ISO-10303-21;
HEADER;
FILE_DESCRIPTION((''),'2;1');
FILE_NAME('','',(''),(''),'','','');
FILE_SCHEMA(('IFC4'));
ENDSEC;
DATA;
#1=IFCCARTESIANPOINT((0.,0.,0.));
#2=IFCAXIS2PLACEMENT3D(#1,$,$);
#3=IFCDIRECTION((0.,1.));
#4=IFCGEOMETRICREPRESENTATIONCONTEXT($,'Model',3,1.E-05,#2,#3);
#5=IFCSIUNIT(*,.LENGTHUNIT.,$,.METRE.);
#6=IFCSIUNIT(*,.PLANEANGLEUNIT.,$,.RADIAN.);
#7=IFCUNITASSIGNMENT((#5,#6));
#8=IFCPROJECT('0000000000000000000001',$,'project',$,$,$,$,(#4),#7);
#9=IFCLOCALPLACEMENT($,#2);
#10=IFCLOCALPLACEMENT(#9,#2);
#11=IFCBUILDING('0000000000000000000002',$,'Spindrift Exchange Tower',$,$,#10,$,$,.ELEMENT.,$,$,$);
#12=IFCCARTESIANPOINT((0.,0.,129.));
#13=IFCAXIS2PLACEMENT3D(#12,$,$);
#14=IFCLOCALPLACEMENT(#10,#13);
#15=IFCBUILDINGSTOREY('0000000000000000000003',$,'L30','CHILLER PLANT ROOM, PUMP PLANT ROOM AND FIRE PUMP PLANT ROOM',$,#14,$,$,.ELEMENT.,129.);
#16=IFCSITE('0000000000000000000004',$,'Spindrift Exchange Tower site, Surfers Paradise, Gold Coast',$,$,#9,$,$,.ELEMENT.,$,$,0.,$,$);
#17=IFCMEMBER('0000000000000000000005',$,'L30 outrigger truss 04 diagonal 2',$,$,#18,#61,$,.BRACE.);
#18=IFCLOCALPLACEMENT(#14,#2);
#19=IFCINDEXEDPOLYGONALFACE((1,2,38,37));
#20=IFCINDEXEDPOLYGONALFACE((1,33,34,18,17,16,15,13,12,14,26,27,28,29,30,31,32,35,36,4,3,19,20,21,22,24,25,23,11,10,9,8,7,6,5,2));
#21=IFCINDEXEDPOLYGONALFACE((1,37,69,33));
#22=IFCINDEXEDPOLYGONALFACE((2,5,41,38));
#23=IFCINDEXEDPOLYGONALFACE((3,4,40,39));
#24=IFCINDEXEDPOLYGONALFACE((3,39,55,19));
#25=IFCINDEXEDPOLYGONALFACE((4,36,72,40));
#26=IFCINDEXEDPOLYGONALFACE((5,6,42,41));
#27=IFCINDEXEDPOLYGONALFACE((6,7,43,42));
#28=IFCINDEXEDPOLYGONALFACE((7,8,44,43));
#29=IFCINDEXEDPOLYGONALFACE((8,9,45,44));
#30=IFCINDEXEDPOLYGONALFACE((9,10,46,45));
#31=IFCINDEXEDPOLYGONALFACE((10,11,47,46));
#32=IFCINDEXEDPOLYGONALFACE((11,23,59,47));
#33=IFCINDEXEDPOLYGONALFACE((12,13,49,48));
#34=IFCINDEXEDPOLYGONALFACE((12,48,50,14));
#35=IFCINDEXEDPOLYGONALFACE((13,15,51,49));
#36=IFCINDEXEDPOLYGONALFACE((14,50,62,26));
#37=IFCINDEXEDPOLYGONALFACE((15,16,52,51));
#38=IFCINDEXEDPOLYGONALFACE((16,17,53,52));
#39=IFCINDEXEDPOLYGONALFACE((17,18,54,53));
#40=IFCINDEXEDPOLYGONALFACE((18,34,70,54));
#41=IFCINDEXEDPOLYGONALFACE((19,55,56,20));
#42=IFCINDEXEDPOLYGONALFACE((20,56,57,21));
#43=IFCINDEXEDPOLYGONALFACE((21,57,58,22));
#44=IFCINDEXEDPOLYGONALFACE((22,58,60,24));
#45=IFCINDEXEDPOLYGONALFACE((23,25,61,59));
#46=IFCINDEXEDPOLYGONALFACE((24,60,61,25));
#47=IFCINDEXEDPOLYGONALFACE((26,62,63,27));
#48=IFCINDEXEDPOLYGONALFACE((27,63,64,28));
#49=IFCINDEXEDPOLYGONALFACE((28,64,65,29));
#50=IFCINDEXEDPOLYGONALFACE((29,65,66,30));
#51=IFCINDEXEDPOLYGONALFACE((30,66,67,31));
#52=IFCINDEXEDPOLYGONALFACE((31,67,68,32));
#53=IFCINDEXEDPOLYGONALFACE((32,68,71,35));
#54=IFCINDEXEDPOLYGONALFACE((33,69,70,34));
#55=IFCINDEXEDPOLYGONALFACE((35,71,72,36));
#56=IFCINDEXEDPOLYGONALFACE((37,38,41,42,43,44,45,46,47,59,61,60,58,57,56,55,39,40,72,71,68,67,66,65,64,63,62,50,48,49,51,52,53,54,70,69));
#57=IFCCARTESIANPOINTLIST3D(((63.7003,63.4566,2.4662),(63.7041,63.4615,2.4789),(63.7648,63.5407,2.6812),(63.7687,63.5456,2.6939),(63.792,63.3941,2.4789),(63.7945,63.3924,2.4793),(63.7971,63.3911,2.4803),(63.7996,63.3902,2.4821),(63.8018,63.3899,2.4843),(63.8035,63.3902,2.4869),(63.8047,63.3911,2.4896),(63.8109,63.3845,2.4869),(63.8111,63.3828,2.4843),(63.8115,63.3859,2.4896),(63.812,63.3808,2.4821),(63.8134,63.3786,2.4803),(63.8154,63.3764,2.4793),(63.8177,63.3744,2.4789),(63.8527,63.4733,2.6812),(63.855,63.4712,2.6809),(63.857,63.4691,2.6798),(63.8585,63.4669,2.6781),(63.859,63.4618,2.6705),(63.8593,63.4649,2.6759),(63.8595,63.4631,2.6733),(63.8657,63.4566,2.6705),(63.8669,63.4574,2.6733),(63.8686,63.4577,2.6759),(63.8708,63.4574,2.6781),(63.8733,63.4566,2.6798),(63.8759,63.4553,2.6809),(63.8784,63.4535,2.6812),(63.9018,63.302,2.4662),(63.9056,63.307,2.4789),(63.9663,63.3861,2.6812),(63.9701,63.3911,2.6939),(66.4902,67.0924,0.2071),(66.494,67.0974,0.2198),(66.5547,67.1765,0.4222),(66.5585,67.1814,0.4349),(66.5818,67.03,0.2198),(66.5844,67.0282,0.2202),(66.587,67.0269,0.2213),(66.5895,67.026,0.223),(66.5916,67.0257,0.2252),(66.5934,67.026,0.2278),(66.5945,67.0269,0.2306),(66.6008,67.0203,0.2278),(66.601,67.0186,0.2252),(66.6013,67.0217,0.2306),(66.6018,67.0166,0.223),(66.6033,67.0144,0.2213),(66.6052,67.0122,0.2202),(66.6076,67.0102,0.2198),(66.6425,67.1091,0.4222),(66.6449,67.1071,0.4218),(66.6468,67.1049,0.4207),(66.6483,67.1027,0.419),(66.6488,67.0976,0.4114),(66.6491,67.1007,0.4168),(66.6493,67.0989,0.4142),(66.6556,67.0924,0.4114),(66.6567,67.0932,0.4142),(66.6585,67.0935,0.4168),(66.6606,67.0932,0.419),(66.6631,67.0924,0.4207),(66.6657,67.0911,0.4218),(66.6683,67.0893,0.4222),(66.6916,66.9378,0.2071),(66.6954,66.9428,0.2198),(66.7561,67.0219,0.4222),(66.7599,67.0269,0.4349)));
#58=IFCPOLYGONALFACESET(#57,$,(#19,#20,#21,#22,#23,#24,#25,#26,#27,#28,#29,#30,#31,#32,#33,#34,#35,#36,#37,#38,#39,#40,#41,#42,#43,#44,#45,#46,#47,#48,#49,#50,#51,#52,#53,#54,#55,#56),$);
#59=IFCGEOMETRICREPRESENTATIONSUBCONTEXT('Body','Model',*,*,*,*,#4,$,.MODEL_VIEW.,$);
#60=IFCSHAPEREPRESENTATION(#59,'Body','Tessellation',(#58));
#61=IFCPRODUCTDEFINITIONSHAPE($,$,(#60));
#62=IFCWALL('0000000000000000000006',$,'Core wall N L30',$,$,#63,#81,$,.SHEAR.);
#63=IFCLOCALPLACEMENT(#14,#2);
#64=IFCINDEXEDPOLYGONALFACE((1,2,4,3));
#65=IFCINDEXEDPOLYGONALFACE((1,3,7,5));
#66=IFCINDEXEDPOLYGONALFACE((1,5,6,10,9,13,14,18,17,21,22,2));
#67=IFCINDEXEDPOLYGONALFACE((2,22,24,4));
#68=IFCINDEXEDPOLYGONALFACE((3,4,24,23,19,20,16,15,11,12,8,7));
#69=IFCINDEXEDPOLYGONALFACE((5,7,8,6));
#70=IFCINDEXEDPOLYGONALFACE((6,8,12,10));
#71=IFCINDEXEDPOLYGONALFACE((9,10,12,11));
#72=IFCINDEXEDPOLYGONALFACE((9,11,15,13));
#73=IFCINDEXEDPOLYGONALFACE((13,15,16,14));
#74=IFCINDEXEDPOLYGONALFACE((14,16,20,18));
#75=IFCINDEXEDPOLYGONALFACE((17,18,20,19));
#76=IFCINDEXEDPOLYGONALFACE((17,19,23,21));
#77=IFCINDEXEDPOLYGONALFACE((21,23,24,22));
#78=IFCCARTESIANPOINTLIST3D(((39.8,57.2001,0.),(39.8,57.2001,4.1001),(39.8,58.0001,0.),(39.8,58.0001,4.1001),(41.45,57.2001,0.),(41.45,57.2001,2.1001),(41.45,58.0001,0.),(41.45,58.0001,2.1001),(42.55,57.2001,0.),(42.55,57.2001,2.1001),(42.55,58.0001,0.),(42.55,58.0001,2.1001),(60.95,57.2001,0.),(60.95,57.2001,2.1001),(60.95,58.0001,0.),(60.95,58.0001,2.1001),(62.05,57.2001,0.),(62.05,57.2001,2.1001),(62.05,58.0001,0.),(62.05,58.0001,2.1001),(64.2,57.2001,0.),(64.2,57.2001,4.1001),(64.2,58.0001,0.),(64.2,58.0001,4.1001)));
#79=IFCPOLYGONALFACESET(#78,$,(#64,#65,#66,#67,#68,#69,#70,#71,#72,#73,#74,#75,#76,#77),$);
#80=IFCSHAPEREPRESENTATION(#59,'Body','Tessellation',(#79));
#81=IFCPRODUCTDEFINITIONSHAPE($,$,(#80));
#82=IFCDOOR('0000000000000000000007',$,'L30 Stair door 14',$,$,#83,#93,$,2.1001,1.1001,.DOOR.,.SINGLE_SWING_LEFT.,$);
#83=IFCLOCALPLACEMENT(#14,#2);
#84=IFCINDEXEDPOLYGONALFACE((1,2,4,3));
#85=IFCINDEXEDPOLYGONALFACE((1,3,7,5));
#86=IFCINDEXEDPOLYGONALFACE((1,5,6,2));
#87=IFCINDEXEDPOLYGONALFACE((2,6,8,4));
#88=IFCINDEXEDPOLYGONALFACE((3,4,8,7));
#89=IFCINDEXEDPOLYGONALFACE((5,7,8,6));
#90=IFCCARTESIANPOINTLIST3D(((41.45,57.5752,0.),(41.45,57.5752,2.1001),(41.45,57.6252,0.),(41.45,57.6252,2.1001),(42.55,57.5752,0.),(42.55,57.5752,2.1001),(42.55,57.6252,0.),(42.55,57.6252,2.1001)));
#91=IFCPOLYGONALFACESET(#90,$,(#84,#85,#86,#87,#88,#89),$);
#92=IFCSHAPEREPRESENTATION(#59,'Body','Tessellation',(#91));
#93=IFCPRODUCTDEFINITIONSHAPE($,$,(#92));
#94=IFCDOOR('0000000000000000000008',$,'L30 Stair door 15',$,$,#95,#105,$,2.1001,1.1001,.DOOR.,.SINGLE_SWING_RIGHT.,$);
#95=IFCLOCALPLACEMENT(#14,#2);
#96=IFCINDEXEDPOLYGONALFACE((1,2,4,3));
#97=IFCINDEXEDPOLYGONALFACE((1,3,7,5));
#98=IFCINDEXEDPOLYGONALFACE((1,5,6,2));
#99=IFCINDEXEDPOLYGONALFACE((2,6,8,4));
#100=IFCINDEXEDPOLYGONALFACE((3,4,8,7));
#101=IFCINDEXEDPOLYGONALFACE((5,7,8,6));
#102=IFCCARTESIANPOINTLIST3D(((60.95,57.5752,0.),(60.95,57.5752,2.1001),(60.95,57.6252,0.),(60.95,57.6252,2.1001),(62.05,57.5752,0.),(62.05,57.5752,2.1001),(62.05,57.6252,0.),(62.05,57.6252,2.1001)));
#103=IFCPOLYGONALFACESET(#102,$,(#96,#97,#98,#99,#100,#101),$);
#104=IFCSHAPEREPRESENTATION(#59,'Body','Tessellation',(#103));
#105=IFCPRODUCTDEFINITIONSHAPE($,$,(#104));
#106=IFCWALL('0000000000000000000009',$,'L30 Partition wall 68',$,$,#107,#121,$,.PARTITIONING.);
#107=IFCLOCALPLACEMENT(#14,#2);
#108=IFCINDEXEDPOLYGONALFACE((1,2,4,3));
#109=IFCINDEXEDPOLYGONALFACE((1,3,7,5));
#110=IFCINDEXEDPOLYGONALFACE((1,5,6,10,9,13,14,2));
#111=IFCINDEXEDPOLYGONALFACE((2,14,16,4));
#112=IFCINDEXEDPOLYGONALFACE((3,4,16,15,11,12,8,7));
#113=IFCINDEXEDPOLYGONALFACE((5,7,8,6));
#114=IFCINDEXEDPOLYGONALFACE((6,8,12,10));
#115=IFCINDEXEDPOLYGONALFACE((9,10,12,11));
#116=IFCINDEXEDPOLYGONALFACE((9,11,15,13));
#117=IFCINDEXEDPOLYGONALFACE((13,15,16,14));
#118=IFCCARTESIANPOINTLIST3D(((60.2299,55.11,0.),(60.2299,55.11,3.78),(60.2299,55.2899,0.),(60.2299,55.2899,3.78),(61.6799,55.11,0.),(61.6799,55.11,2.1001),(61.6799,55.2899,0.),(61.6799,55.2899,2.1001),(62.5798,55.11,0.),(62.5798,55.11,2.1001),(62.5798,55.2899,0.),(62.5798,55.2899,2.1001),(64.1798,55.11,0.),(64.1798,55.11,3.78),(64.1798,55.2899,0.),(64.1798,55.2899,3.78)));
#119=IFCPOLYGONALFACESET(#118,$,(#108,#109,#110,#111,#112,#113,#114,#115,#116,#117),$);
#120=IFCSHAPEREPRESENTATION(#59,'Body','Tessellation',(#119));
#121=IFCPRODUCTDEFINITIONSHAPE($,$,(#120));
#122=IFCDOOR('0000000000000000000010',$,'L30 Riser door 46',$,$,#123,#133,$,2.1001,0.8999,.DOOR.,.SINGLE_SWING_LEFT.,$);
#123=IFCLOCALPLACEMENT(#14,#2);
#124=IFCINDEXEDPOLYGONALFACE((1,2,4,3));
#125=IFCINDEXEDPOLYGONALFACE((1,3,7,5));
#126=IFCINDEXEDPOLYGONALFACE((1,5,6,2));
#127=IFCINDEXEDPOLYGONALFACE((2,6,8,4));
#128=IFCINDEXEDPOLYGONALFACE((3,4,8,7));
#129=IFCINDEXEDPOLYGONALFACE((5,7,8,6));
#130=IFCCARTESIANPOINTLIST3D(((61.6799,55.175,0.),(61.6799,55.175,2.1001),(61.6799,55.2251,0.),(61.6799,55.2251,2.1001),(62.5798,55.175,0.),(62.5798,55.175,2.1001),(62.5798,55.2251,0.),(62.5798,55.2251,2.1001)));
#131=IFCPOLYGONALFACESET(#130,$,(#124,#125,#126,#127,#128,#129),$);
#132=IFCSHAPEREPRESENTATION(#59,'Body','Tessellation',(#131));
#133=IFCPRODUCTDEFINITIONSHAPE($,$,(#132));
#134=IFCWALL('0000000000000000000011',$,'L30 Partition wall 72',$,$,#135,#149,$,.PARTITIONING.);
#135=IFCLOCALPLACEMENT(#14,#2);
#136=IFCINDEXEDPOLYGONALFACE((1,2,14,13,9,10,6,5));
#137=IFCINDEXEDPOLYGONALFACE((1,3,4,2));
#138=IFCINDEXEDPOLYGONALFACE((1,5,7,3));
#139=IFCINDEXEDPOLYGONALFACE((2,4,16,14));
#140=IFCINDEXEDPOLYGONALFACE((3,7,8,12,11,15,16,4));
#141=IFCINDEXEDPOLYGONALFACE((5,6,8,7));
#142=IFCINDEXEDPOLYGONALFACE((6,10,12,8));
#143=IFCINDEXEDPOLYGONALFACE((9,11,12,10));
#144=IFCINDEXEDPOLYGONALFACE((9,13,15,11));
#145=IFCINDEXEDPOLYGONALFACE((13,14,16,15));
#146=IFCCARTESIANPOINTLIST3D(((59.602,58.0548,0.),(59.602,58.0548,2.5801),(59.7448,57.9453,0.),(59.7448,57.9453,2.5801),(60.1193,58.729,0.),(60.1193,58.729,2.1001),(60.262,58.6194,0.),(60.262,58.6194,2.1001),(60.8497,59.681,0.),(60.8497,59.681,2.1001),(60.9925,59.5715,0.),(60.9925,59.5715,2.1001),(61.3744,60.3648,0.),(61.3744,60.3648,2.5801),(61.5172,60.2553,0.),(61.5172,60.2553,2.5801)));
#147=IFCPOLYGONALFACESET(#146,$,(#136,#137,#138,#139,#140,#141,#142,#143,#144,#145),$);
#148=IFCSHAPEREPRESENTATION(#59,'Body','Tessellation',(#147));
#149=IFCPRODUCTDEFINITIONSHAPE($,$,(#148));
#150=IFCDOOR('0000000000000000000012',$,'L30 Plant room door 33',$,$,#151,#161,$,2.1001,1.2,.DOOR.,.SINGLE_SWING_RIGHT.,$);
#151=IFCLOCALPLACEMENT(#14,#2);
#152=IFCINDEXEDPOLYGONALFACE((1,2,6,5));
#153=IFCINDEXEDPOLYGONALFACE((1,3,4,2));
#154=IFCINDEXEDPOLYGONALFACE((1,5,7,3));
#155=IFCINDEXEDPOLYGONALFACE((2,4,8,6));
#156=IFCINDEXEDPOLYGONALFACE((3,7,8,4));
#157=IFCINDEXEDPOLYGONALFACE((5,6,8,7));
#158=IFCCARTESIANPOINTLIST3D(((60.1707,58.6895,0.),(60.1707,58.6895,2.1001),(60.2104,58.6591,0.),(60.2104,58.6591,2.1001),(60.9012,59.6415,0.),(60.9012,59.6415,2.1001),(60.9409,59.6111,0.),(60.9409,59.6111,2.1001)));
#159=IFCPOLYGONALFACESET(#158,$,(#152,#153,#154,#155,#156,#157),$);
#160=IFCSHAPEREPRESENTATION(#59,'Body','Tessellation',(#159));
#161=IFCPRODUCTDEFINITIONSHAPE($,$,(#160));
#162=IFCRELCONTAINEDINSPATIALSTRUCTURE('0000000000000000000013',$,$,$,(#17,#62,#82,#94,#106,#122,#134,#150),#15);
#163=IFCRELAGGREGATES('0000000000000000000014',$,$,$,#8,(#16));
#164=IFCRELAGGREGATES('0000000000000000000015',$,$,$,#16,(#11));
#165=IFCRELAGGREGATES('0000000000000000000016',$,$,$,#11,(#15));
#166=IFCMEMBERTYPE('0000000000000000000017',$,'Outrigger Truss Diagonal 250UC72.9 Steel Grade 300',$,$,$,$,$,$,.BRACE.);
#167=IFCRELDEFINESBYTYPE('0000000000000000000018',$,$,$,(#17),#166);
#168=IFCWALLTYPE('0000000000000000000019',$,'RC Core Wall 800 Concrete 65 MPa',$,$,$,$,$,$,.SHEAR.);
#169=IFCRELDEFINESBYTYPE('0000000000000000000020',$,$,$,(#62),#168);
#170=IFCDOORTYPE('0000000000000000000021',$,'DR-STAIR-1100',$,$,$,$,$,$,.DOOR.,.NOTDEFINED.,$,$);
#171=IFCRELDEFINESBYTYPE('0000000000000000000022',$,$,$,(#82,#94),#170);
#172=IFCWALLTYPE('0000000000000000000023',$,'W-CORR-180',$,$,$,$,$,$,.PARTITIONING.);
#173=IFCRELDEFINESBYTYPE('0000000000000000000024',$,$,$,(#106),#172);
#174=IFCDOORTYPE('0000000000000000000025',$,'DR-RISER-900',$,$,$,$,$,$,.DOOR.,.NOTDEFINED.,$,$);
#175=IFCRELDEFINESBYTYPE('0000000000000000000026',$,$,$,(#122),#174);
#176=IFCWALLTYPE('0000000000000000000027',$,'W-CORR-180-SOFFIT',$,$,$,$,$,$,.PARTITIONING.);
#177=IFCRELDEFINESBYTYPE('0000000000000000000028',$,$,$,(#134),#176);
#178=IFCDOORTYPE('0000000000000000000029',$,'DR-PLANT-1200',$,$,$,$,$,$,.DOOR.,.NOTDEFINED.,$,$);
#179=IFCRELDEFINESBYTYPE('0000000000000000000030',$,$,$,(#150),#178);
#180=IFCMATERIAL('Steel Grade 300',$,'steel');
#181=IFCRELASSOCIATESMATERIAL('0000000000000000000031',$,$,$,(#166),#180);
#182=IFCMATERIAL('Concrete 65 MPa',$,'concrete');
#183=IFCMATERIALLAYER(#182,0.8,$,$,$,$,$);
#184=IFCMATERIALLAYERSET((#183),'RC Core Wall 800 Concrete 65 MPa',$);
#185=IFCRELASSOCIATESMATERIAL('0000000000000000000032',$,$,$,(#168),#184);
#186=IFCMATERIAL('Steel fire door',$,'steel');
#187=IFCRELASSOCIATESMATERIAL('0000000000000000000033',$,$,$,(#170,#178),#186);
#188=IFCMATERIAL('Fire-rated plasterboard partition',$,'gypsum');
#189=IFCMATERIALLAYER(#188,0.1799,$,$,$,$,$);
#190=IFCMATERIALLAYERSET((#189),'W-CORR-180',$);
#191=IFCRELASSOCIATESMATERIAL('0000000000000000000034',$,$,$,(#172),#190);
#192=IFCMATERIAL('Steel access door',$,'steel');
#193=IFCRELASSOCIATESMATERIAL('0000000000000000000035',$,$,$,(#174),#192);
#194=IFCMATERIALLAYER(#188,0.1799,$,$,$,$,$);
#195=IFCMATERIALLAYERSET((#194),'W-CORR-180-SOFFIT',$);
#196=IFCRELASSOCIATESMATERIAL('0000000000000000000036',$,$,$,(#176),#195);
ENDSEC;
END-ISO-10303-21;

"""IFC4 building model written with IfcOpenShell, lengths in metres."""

from ifc_helpers import new_model, si_unit, direction, frame, frame_2d, origin, origin_2d, place, context, subcontext, project, spatial, rectangle, i_section, extrude, source, transform, mapped, material, layer, layer_set, material_profile, profile_set, type_object, element, fill, save


model = new_model("IFC4")

# Units and contexts
model_context = context("Model", 3, precision=1e-05, world=origin(), true_north=direction((0.0, 1.0)))
body_context = subcontext(model_context, "Body", "Model", "MODEL_VIEW")
ifc_project = project(units=[si_unit("LENGTHUNIT", "METRE"), si_unit("PLANEANGLEUNIT", "RADIAN")], contexts=[model_context])

# Site, building, storey
site_placement = place(None, origin())
site = spatial("IfcSite", under=ifc_project, at=site_placement, Name="Spindrift Exchange Tower site, Surfers Paradise, Gold Coast", CompositionType="ELEMENT", RefElevation=0.0)
building_placement = place(site_placement, origin())
building = spatial("IfcBuilding", under=site, at=building_placement, Name="Spindrift Exchange Tower", CompositionType="ELEMENT")
storey_placement = place(building_placement, frame((0.0, 0.0, 129.0)))
storey = spatial("IfcBuildingStorey", under=building, at=storey_placement, Name="L30", Description="CHILLER PLANT ROOM, PUMP PLANT ROOM AND FIRE PUMP PLANT ROOM", CompositionType="ELEMENT", Elevation=129.0)

# Shared definitions
ifc_material_1 = material(Name="Concrete 65 MPa", Category="concrete")

# Shared definitions
ifc_material_2 = material(Name="Steel Grade 300", Category="steel")

# Member
ifc_material_profile_1 = material_profile(ifc_material_2, i_section(OverallWidth=0.2539, OverallDepth=0.2539, WebThickness=0.0085, FlangeThickness=0.0142, FilletRadius=0.012, at=origin_2d()), Name="250UC72.9")
ifc_profile_set_1 = profile_set([ifc_material_profile_1], Name="Steel Grade 300")
member_type_1 = type_object("IfcMemberType", Name="Outrigger Truss Diagonal 250UC72.9 Steel Grade 300", PredefinedType="BRACE", material=ifc_profile_set_1)
shared_shape_1 = source(origin(), body_context, "Body", "SweptSolid", [
    extrude(i_section(OverallWidth=0.2539, OverallDepth=0.2539, WebThickness=0.0085, FlangeThickness=0.0142, FilletRadius=0.012, at=origin_2d()), origin(), (0.0, 0.0, 1.0), 5.1094),
])
member_1_placement = place(storey_placement, frame((63.8352, 63.4238, 2.5801), z_axis=(0.546024, 0.711595, -0.442143), x_axis=(-0.793354, 0.60876, 0.0)))
element("IfcMember", 1, at=member_1_placement, inside=storey, type_object=member_type_1, Name="L30 outrigger truss 04 diagonal 2", PredefinedType="BRACE", context=body_context, shape_type="MappedRepresentation", body=[
    mapped(shared_shape_1, transform((0.0, 0.0, 0.0), scale=1.0)),
])

# Wall, openings, doors
ifc_layer_1 = layer(ifc_material_1, 0.8)
ifc_layer_set_1 = layer_set([ifc_layer_1], Name="RC Core Wall 800 Concrete 65 MPa")
wall_type_1 = type_object("IfcWallType", Name="RC Core Wall 800 Concrete 65 MPa", PredefinedType="SHEAR", material=ifc_layer_set_1)
wall_1_placement = place(storey_placement, frame((64.2, 57.6001, 0.0), z_axis=(0.0, 0.0, 1.0), x_axis=(-1.0, 0.0, 0.0)))
wall_1 = element("IfcWall", 2, at=wall_1_placement, inside=storey, type_object=wall_type_1, Name="Core wall N L30", PredefinedType="SHEAR", context=body_context, shape_type="SweptSolid", body=[
    extrude(rectangle(XDim=24.3999, YDim=0.8, at=frame_2d((12.2, 0.0))), origin(), (0.0, 0.0, 1.0), 4.1001),
])
opening_1_placement = place(wall_1_placement, frame((21.6499, 0.0, 0.0)))
opening_1 = element("IfcOpeningElement", 3, at=opening_1_placement, cuts=wall_1, PredefinedType="OPENING", context=body_context, shape_type="SweptSolid", body=[
    extrude(rectangle(XDim=1.1001, YDim=2.1001, at=frame_2d((0.55, 1.05))), frame((0.0, 0.4099, 0.0), z_axis=(0.0, -1.0, 0.0), x_axis=(1.0, 0.0, 0.0)), (0.0, 0.0, 1.0), 0.8201),
])
opening_2_placement = place(wall_1_placement, frame((2.1499, 0.0, 0.0)))
opening_2 = element("IfcOpeningElement", 4, at=opening_2_placement, cuts=wall_1, PredefinedType="OPENING", context=body_context, shape_type="SweptSolid", body=[
    extrude(rectangle(XDim=1.1001, YDim=2.1001, at=frame_2d((0.55, 1.05))), frame((0.0, 0.4099, 0.0), z_axis=(0.0, -1.0, 0.0), x_axis=(1.0, 0.0, 0.0)), (0.0, 0.0, 1.0), 0.8201),
])
ifc_material_3 = material(Name="Steel fire door", Category="steel")
door_type_1 = type_object("IfcDoorType", Name="DR-STAIR-1100", OperationType="NOTDEFINED", PredefinedType="DOOR", material=ifc_material_3)
shared_shape_2 = source(origin(), body_context, "Body", "SweptSolid", [
    extrude(rectangle(XDim=1.1001, YDim=2.1001, at=frame_2d((0.55, 1.05))), frame((0.0, 0.0249, 0.0), z_axis=(0.0, -1.0, 0.0), x_axis=(1.0, 0.0, 0.0)), (0.0, 0.0, 1.0), 0.05),
])
door_1_placement = place(opening_1_placement, origin())
door_1 = element("IfcDoor", 5, at=door_1_placement, inside=storey, type_object=door_type_1, Name="L30 Stair door 14", OperationType="SINGLE_SWING_LEFT", OverallHeight=2.1001, OverallWidth=1.1001, PredefinedType="DOOR", context=body_context, shape_type="MappedRepresentation", body=[
    mapped(shared_shape_2, transform((0.0, 0.0, 0.0), scale=1.0)),
])
fill(opening_1, door_1)
door_2_placement = place(opening_2_placement, origin())
door_2 = element("IfcDoor", 6, at=door_2_placement, inside=storey, type_object=door_type_1, Name="L30 Stair door 15", OperationType="SINGLE_SWING_RIGHT", OverallHeight=2.1001, OverallWidth=1.1001, PredefinedType="DOOR", context=body_context, shape_type="MappedRepresentation", body=[
    mapped(shared_shape_2, transform((0.0, 0.0, 0.0), scale=1.0)),
])
fill(opening_2, door_2)

# Walls, openings, doors
ifc_material_4 = material(Name="Fire-rated plasterboard partition", Category="gypsum")
ifc_layer_2 = layer(ifc_material_4, 0.1799)
ifc_layer_set_2 = layer_set([ifc_layer_2], Name="W-CORR-180")
wall_type_2 = type_object("IfcWallType", Name="W-CORR-180", PredefinedType="PARTITIONING", material=ifc_layer_set_2)
wall_2_placement = place(storey_placement, frame((64.1799, 55.2, 0.0), z_axis=(0.0, 0.0, 1.0), x_axis=(-1.0, 0.0, 0.0)))
wall_2 = element("IfcWall", 7, at=wall_2_placement, inside=storey, type_object=wall_type_2, Name="L30 Partition wall 68", PredefinedType="PARTITIONING", context=body_context, shape_type="SweptSolid", body=[
    extrude(rectangle(XDim=3.95, YDim=0.1799, at=frame_2d((1.9751, 0.0))), origin(), (0.0, 0.0, 1.0), 3.78),
])
opening_3_placement = place(wall_2_placement, frame((1.6001, 0.0, 0.0)))
opening_3 = element("IfcOpeningElement", 8, at=opening_3_placement, cuts=wall_2, PredefinedType="OPENING", context=body_context, shape_type="SweptSolid", body=[
    extrude(rectangle(XDim=0.8999, YDim=2.1001, at=frame_2d((0.45, 1.05))), frame((0.0, 0.0999, 0.0), z_axis=(0.0, -1.0, 0.0), x_axis=(1.0, 0.0, 0.0)), (0.0, 0.0, 1.0), 0.2),
])
ifc_material_5 = material(Name="Steel access door", Category="steel")
door_type_2 = type_object("IfcDoorType", Name="DR-RISER-900", OperationType="NOTDEFINED", PredefinedType="DOOR", material=ifc_material_5)
shared_shape_3 = source(origin(), body_context, "Body", "SweptSolid", [
    extrude(rectangle(XDim=0.8999, YDim=2.1001, at=frame_2d((0.45, 1.05))), frame((0.0, 0.0249, 0.0), z_axis=(0.0, -1.0, 0.0), x_axis=(1.0, 0.0, 0.0)), (0.0, 0.0, 1.0), 0.05),
])
door_3_placement = place(opening_3_placement, origin())
door_3 = element("IfcDoor", 9, at=door_3_placement, inside=storey, type_object=door_type_2, Name="L30 Riser door 46", OperationType="SINGLE_SWING_LEFT", OverallHeight=2.1001, OverallWidth=0.8999, PredefinedType="DOOR", context=body_context, shape_type="MappedRepresentation", body=[
    mapped(shared_shape_3, transform((0.0, 0.0, 0.0), scale=1.0)),
])
fill(opening_3, door_3)
ifc_layer_3 = layer(ifc_material_4, 0.1799)
ifc_layer_set_3 = layer_set([ifc_layer_3], Name="W-CORR-180-SOFFIT")
wall_type_3 = type_object("IfcWallType", Name="W-CORR-180-SOFFIT", PredefinedType="PARTITIONING", material=ifc_layer_set_3)
wall_3_placement = place(storey_placement, frame((61.4458, 60.3101, 0.0), z_axis=(0.0, 0.0, 1.0), x_axis=(-0.608738, -0.793371, 0.0)))
wall_3 = element("IfcWall", 10, at=wall_3_placement, inside=storey, type_object=wall_type_3, Name="L30 Partition wall 72", PredefinedType="PARTITIONING", context=body_context, shape_type="SweptSolid", body=[
    extrude(rectangle(XDim=2.9116, YDim=0.1799, at=frame_2d((1.4558, 0.0))), origin(), (0.0, 0.0, 1.0), 2.5801),
])
opening_4_placement = place(wall_3_placement, frame((0.8618, 0.0, 0.0)))
opening_4 = element("IfcOpeningElement", 11, at=opening_4_placement, cuts=wall_3, PredefinedType="OPENING", context=body_context, shape_type="SweptSolid", body=[
    extrude(rectangle(XDim=1.2, YDim=2.1001, at=frame_2d((0.6001, 1.05))), frame((0.0, 0.0999, 0.0), z_axis=(0.0, -1.0, 0.0), x_axis=(1.0, 0.0, 0.0)), (0.0, 0.0, 1.0), 0.2),
])
door_type_3 = type_object("IfcDoorType", Name="DR-PLANT-1200", OperationType="NOTDEFINED", PredefinedType="DOOR", material=ifc_material_3)
shared_shape_4 = source(origin(), body_context, "Body", "SweptSolid", [
    extrude(rectangle(XDim=1.2, YDim=2.1001, at=frame_2d((0.6001, 1.05))), frame((0.0, 0.0249, 0.0), z_axis=(0.0, -1.0, 0.0), x_axis=(1.0, 0.0, 0.0)), (0.0, 0.0, 1.0), 0.05),
])
door_4_placement = place(opening_4_placement, origin())
door_4 = element("IfcDoor", 12, at=door_4_placement, inside=storey, type_object=door_type_3, Name="L30 Plant room door 33", OperationType="SINGLE_SWING_RIGHT", OverallHeight=2.1001, OverallWidth=1.2, PredefinedType="DOOR", context=body_context, shape_type="MappedRepresentation", body=[
    mapped(shared_shape_4, transform((0.0, 0.0, 0.0), scale=1.0)),
])
fill(opening_4, door_4)

save(model, "model.ifc")
